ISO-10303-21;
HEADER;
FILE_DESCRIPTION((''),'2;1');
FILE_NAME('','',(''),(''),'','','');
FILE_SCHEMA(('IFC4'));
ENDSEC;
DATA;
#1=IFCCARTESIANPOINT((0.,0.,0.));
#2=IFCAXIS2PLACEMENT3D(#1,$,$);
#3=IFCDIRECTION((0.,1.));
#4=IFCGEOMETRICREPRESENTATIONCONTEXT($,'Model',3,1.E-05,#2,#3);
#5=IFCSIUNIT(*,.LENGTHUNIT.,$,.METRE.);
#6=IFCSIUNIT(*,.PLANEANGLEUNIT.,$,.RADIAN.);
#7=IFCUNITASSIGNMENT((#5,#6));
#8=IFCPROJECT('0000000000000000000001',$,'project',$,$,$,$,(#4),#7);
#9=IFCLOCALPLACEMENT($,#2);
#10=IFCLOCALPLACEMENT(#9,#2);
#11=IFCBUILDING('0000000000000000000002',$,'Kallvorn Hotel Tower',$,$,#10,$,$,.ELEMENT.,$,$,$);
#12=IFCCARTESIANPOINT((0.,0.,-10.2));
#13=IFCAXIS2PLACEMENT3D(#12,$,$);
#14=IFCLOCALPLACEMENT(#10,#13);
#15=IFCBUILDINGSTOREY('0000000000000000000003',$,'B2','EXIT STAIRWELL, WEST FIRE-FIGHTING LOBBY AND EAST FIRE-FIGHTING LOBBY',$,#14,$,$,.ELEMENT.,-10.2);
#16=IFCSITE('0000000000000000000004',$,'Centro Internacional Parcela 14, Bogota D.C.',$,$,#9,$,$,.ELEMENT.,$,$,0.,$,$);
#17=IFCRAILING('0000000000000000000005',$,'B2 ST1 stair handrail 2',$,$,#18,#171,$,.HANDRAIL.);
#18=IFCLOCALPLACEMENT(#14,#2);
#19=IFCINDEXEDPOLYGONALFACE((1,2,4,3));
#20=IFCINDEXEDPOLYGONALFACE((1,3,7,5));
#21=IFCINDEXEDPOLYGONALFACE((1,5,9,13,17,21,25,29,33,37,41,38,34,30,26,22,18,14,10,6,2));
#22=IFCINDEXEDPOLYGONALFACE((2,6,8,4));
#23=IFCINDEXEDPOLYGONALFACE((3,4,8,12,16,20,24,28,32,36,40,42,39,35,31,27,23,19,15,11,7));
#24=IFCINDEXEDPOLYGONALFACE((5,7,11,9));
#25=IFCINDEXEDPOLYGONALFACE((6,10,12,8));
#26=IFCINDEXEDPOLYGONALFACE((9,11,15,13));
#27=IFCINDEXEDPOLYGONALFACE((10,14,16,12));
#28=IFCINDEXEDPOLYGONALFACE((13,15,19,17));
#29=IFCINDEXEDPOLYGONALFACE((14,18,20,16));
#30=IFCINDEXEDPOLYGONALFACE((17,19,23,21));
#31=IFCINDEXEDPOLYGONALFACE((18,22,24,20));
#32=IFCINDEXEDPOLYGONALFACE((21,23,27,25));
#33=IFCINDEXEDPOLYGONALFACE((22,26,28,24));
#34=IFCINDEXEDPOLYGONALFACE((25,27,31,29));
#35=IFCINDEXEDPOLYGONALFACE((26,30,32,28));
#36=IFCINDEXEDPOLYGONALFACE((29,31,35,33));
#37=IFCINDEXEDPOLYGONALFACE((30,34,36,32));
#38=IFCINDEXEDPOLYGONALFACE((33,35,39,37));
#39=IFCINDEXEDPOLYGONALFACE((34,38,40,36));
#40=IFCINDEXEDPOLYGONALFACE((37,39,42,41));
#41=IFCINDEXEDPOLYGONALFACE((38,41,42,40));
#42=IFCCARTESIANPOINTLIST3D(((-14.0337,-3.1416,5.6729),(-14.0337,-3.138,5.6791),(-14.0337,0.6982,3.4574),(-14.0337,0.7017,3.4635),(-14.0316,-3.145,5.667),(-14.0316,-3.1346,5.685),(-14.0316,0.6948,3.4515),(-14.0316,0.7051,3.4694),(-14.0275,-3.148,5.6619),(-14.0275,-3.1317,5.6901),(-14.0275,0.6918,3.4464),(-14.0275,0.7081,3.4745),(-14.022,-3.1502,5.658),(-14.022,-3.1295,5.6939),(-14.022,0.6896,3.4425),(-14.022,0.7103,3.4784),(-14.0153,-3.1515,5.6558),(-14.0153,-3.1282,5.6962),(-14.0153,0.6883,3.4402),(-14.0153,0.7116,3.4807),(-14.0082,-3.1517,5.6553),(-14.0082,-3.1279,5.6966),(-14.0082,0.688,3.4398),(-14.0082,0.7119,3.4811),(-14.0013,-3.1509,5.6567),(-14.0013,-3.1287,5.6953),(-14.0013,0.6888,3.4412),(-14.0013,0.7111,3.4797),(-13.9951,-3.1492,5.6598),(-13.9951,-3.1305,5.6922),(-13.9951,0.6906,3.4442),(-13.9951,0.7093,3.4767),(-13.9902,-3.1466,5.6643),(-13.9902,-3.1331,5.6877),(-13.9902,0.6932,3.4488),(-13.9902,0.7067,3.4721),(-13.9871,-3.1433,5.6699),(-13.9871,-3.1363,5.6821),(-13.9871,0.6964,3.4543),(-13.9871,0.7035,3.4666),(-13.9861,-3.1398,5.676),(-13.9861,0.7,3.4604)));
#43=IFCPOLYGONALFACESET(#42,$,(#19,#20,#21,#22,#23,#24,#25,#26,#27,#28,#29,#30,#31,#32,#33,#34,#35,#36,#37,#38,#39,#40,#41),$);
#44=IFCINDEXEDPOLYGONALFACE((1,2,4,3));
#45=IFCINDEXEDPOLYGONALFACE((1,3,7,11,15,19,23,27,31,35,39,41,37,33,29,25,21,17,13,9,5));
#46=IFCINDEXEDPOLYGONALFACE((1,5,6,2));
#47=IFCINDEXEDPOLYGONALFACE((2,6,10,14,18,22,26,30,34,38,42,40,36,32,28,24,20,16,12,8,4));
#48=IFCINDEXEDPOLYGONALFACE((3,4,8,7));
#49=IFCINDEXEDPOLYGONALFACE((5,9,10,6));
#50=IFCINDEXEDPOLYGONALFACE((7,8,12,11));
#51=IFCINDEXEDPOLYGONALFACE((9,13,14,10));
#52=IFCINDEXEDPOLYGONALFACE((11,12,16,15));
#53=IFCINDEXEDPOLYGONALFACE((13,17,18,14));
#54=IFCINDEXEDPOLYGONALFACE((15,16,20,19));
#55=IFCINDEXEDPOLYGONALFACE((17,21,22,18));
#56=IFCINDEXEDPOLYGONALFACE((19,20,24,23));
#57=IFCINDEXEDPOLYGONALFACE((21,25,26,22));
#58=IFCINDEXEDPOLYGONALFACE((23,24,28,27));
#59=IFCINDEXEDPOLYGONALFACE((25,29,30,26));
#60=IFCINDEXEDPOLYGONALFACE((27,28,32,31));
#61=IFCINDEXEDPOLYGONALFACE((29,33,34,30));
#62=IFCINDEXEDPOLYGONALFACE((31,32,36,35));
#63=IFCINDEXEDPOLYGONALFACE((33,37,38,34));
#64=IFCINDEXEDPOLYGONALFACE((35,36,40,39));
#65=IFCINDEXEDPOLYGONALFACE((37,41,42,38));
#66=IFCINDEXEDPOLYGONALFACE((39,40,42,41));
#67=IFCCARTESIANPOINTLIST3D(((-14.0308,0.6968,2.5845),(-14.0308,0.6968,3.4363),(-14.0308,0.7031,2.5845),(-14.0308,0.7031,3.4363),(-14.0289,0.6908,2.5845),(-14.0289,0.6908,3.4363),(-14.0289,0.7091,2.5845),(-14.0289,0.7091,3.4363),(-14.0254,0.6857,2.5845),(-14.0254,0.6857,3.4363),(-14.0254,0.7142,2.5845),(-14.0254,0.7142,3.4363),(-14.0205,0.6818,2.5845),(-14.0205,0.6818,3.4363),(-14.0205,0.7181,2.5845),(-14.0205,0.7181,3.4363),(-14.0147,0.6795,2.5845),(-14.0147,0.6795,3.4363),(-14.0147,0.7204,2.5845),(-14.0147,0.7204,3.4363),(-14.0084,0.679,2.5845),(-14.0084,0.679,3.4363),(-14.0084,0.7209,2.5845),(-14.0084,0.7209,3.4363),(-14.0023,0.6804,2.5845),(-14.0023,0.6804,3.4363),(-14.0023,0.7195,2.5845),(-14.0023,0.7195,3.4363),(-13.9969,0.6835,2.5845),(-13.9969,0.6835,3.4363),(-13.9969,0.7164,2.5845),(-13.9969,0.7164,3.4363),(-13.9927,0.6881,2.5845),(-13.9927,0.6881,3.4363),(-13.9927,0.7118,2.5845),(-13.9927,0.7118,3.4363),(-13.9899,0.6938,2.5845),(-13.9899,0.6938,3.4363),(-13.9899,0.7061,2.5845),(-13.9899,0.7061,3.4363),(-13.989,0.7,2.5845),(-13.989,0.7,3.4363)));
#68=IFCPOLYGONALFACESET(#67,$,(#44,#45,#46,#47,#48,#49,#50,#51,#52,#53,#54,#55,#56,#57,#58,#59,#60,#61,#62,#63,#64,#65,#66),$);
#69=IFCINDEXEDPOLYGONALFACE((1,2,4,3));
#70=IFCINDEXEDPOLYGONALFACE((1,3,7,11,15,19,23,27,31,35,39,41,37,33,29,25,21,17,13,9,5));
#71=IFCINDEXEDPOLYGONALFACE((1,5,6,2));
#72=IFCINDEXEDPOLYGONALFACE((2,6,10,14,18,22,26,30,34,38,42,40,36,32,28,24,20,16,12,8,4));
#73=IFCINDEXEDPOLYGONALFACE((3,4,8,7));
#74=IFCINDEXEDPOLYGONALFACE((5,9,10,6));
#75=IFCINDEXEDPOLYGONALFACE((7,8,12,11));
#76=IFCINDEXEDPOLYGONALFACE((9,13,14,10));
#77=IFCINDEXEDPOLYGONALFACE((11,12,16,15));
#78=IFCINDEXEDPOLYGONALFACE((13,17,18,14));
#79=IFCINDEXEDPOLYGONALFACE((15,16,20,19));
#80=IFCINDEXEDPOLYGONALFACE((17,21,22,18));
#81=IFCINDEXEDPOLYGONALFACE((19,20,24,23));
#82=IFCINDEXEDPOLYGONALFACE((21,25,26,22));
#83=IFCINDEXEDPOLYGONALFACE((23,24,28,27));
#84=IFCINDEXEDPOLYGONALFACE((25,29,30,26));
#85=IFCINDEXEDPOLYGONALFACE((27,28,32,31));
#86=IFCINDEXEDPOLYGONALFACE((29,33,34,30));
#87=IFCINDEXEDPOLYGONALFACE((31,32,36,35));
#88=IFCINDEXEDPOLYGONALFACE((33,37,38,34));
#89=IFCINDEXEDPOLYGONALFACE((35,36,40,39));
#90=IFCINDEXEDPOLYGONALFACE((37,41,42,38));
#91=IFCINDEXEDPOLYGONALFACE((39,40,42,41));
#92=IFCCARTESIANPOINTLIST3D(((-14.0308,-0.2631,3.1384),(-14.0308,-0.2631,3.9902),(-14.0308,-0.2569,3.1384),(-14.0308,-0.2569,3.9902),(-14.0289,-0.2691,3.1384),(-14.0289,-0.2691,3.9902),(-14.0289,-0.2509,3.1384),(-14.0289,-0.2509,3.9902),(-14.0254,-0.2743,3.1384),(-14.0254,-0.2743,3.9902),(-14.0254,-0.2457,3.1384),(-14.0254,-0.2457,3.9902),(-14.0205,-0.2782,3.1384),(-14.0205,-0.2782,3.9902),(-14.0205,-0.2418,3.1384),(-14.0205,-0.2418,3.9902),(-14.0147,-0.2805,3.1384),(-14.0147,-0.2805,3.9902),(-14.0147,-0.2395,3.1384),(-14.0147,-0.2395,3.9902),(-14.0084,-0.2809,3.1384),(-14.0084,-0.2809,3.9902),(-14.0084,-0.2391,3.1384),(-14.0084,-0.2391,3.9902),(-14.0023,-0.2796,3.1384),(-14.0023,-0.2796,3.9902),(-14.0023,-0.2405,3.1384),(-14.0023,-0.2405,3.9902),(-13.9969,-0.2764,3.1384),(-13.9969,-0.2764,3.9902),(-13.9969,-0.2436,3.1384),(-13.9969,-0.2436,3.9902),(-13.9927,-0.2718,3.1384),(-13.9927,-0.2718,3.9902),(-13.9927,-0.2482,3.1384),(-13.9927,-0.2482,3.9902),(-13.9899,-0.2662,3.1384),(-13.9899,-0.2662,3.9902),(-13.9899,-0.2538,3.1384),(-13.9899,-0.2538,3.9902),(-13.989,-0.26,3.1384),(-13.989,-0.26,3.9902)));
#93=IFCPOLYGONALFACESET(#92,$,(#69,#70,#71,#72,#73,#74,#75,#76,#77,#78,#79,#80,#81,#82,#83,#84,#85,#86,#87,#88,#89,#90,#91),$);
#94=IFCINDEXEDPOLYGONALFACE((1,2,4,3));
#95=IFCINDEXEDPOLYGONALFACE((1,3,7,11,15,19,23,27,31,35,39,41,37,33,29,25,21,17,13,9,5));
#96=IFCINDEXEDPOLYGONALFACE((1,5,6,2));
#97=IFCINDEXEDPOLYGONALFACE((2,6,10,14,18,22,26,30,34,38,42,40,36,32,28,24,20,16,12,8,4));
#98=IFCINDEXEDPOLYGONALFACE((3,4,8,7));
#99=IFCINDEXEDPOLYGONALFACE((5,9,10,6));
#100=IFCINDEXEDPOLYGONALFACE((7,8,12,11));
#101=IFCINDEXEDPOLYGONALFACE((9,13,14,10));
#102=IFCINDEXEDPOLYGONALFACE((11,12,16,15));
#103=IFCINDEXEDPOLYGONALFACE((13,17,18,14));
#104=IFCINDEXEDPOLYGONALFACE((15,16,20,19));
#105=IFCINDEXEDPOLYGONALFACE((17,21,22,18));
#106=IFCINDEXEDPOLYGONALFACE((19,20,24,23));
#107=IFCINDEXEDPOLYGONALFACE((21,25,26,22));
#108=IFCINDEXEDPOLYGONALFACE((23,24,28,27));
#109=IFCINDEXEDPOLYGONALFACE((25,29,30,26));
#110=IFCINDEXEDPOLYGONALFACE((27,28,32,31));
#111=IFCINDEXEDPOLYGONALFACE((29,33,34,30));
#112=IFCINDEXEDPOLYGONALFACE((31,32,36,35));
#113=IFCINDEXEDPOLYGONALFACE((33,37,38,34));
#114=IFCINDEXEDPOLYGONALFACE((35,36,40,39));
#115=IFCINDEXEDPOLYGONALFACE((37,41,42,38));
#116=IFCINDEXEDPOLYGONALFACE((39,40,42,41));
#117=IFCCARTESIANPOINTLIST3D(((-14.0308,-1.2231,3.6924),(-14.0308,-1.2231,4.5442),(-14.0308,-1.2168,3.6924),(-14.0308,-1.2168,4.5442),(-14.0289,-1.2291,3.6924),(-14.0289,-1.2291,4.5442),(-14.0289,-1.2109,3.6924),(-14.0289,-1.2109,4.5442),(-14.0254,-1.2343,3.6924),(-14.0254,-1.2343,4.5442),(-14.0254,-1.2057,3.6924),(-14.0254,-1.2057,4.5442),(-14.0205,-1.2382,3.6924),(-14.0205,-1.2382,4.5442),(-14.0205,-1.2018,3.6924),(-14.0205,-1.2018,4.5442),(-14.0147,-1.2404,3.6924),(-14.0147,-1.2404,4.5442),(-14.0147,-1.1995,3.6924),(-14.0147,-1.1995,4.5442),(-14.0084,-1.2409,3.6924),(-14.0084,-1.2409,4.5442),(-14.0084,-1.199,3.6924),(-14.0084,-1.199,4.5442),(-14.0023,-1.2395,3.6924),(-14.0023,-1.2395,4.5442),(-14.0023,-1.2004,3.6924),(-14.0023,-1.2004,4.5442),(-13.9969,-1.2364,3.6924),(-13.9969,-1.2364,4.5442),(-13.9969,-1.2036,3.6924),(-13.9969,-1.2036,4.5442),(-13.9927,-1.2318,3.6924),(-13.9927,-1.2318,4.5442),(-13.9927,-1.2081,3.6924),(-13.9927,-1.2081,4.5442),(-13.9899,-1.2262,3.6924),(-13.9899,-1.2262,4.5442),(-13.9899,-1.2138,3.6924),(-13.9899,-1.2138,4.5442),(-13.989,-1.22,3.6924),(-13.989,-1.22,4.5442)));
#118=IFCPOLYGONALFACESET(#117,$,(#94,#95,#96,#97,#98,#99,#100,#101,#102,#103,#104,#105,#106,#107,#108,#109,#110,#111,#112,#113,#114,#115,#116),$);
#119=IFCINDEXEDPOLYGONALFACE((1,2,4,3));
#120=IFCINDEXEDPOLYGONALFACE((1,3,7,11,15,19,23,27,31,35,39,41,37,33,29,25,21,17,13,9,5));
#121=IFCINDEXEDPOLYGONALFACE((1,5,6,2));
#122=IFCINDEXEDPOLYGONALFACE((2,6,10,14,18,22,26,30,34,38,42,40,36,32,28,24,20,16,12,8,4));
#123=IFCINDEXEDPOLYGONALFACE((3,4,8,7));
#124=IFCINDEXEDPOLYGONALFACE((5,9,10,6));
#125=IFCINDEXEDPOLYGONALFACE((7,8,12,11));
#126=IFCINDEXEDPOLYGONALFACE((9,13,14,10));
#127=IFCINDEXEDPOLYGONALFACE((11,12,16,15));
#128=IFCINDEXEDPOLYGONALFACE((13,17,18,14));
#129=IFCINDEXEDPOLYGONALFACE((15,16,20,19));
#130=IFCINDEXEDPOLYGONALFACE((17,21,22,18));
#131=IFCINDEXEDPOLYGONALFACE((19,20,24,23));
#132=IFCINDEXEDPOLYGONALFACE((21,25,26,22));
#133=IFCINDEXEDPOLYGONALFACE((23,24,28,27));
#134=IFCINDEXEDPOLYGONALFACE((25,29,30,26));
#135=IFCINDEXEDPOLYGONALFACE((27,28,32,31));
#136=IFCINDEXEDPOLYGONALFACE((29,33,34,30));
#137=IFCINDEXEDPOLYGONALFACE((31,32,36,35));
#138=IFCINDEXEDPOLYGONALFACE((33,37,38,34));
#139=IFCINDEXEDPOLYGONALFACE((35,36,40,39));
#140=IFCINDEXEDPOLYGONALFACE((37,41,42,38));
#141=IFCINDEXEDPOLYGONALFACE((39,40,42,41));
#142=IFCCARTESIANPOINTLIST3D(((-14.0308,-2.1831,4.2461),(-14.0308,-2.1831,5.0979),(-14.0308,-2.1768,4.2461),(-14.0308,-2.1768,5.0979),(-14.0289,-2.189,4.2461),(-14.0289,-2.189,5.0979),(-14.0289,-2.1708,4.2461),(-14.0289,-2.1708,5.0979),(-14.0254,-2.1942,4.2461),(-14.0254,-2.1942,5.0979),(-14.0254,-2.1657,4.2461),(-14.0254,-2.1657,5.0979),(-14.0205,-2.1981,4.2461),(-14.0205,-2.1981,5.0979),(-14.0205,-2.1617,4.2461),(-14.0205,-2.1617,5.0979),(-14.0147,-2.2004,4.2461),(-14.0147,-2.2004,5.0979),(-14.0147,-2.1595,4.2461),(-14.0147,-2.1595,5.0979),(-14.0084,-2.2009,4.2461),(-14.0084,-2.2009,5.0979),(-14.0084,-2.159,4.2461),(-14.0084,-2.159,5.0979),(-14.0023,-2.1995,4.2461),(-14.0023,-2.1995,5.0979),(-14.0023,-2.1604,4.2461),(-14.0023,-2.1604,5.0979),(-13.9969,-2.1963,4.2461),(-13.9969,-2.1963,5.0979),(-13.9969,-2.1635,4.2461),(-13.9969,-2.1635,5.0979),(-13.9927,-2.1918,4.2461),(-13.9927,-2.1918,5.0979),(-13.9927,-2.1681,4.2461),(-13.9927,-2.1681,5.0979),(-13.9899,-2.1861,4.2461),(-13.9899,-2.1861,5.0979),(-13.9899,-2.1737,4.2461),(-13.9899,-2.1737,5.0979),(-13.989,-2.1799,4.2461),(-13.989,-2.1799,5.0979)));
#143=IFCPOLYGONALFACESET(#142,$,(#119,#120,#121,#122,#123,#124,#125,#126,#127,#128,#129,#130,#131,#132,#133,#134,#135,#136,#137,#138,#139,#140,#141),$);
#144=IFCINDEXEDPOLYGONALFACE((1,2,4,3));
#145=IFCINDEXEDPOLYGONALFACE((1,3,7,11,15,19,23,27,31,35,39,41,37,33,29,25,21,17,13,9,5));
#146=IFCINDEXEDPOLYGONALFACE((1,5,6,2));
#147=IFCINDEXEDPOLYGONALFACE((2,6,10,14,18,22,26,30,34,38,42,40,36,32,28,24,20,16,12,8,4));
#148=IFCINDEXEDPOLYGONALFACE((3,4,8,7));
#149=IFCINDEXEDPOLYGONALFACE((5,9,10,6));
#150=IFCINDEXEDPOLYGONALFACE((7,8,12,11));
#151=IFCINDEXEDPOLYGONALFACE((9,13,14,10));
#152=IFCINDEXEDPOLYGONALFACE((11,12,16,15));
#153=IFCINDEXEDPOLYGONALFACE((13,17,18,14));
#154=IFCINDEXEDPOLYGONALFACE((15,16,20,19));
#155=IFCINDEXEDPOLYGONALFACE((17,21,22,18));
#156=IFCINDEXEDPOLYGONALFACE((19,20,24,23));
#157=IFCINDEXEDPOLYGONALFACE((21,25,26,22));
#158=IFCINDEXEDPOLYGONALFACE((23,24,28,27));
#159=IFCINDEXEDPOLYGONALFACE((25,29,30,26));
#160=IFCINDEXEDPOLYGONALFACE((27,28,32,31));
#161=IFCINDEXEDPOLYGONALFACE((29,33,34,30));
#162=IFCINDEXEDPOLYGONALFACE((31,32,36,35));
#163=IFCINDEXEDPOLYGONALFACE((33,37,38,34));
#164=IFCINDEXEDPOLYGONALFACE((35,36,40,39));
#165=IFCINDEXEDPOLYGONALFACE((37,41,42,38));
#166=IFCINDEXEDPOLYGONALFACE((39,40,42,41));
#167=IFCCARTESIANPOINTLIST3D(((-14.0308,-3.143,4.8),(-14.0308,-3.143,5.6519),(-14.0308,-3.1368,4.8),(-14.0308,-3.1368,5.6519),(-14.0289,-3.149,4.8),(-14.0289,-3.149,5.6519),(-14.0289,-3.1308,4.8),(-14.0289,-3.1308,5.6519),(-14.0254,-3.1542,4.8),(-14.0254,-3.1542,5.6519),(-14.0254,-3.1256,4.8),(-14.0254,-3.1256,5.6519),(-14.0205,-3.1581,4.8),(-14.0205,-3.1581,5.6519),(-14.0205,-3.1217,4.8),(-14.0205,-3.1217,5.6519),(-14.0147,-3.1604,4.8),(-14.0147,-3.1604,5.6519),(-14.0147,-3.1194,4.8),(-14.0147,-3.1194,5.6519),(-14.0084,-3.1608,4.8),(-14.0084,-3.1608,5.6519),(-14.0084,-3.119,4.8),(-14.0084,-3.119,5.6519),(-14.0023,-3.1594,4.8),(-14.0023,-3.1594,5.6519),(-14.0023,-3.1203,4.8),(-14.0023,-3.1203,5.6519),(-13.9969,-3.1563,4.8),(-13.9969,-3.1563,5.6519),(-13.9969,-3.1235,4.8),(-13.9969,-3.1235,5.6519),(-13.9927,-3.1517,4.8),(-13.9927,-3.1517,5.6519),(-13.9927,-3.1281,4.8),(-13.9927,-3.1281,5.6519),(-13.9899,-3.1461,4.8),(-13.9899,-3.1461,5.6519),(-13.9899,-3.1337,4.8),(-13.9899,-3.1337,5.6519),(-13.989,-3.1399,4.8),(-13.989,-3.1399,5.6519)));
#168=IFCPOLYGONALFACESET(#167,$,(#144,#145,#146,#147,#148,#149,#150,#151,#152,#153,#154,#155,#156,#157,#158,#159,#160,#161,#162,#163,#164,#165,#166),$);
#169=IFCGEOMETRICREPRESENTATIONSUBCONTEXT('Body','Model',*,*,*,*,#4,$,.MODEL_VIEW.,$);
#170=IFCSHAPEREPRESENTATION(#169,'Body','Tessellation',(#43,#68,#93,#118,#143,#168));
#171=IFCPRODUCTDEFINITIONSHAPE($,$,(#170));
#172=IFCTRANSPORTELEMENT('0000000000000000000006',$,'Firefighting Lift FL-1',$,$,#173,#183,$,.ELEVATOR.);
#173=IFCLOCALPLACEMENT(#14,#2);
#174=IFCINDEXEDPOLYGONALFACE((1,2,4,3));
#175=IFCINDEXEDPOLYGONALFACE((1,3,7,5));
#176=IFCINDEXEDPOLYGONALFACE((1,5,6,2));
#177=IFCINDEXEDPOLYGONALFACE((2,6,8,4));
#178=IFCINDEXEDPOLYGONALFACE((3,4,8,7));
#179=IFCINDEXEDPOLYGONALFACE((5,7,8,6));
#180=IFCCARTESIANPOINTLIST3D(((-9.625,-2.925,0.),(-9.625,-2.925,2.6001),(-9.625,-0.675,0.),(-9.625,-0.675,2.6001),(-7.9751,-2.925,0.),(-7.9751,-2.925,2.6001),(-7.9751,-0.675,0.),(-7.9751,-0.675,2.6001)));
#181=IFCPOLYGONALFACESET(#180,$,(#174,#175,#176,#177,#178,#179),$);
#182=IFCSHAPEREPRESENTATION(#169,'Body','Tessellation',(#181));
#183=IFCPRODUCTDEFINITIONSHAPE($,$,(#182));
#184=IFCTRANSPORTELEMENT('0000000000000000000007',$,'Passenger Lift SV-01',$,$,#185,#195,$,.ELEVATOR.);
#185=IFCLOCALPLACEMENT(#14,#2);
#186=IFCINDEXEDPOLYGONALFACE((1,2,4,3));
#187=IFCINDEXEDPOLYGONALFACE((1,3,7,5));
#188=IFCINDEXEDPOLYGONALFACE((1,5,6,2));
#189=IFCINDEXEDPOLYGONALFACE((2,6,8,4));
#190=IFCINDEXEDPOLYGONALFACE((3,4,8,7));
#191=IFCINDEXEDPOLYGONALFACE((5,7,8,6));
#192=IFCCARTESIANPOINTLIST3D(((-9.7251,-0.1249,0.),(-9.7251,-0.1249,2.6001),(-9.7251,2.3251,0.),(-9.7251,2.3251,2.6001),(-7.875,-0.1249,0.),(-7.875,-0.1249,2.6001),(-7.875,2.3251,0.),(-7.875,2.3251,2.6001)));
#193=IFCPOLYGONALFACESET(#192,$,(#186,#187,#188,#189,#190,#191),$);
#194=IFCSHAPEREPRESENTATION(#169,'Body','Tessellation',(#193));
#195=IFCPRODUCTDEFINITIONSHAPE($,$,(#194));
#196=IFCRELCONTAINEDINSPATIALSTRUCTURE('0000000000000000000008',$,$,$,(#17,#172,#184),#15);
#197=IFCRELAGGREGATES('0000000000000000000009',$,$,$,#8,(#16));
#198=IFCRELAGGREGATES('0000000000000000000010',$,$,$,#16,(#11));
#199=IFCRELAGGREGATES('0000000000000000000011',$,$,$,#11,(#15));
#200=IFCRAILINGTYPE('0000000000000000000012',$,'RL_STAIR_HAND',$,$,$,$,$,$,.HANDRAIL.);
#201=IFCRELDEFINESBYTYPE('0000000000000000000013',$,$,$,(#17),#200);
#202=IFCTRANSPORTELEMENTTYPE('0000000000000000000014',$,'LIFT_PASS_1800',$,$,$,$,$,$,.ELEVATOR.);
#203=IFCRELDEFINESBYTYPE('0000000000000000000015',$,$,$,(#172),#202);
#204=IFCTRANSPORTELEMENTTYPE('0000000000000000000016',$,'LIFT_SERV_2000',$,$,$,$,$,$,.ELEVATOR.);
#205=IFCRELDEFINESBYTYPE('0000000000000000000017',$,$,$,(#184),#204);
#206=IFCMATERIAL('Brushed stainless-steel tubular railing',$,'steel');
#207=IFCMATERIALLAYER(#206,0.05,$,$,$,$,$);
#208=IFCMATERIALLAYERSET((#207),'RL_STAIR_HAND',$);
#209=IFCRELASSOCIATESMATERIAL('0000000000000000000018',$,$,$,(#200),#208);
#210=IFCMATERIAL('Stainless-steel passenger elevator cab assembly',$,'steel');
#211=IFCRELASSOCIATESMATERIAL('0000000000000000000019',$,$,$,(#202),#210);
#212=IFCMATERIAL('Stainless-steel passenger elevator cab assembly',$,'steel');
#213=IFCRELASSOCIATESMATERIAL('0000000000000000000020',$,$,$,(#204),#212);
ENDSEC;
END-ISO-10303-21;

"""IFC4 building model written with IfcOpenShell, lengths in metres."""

from ifc_helpers import new_model, si_unit, direction, frame, origin, origin_2d, place, context, subcontext, project, spatial, rectangle, circle, extrude, material, layer, layer_set, type_object, element, save


model = new_model("IFC4")

# Units and contexts
model_context = context("Model", 3, precision=1e-05, world=origin(), true_north=direction((0.0, 1.0)))
body_context = subcontext(model_context, "Body", "Model", "MODEL_VIEW")
ifc_project = project(units=[si_unit("LENGTHUNIT", "METRE"), si_unit("PLANEANGLEUNIT", "RADIAN")], contexts=[model_context])

# Site, building, storey
site_placement = place(None, origin())
site = spatial("IfcSite", under=ifc_project, at=site_placement, Name="Centro Internacional Parcela 14, Bogota D.C.", CompositionType="ELEMENT", RefElevation=0.0)
building_placement = place(site_placement, origin())
building = spatial("IfcBuilding", under=site, at=building_placement, Name="Kallvorn Hotel Tower", CompositionType="ELEMENT")
storey_placement = place(building_placement, frame((0.0, 0.0, -10.2)))
storey = spatial("IfcBuildingStorey", under=building, at=storey_placement, Name="B2", Description="EXIT STAIRWELL, WEST FIRE-FIGHTING LOBBY AND EAST FIRE-FIGHTING LOBBY", CompositionType="ELEMENT", Elevation=-10.2)

# Railing
ifc_material_1 = material(Name="Brushed stainless-steel tubular railing", Category="steel")
ifc_layer_1 = layer(ifc_material_1, 0.05)
ifc_layer_set_1 = layer_set([ifc_layer_1], Name="RL_STAIR_HAND")
railing_type_1 = type_object("IfcRailingType", Name="RL_STAIR_HAND", PredefinedType="HANDRAIL", material=ifc_layer_set_1)
railing_1_placement = place(storey_placement, frame((-14.01, 0.7, 2.5845)))
element("IfcRailing", 1, at=railing_1_placement, inside=storey, type_object=railing_type_1, Name="B2 ST1 stair handrail 2", PredefinedType="HANDRAIL", context=body_context, shape_type="SweptSolid", body=[
    extrude(circle(Radius=0.0239, at=origin_2d()), frame((0.0, 0.0, 0.876), z_axis=(0.0, -0.866158, 0.49977), x_axis=(1.0, 0.0, 0.0)), (0.0, 0.0, 1.0), 4.4331),
    extrude(circle(Radius=0.021, at=origin_2d()), origin(), (0.0, 0.0, 1.0), 0.8518),
    extrude(circle(Radius=0.021, at=origin_2d()), frame((0.0, -0.96, 0.554)), (0.0, 0.0, 1.0), 0.8518),
    extrude(circle(Radius=0.021, at=origin_2d()), frame((0.0, -1.9199, 1.1079)), (0.0, 0.0, 1.0), 0.8518),
    extrude(circle(Radius=0.021, at=origin_2d()), frame((0.0, -2.8799, 1.6616)), (0.0, 0.0, 1.0), 0.8518),
    extrude(circle(Radius=0.021, at=origin_2d()), frame((0.0, -3.8398, 2.2156)), (0.0, 0.0, 1.0), 0.8518),
])

# Transport elements
ifc_material_2 = material(Name="Stainless-steel passenger elevator cab assembly", Category="steel")
transport_element_type_1 = type_object("IfcTransportElementType", Name="LIFT_PASS_1800", PredefinedType="ELEVATOR", material=ifc_material_2)
transport_element_1_placement = place(storey_placement, frame((-8.8, -1.8, 0.0), z_axis=(0.0, 0.0, 1.0), x_axis=(1.0, 0.0, 0.0)))
element("IfcTransportElement", 2, at=transport_element_1_placement, inside=storey, type_object=transport_element_type_1, Name="Firefighting Lift FL-1", PredefinedType="ELEVATOR", context=body_context, shape_type="SweptSolid", body=[
    extrude(rectangle(XDim=1.6499, YDim=2.25, at=origin_2d()), origin(), (0.0, 0.0, 1.0), 2.6001),
])
ifc_material_3 = material(Name="Stainless-steel passenger elevator cab assembly", Category="steel")
transport_element_type_2 = type_object("IfcTransportElementType", Name="LIFT_SERV_2000", PredefinedType="ELEVATOR", material=ifc_material_3)
transport_element_2_placement = place(storey_placement, frame((-8.8, 1.1001, 0.0), z_axis=(0.0, 0.0, 1.0), x_axis=(1.0, 0.0, 0.0)))
element("IfcTransportElement", 3, at=transport_element_2_placement, inside=storey, type_object=transport_element_type_2, Name="Passenger Lift SV-01", PredefinedType="ELEVATOR", context=body_context, shape_type="SweptSolid", body=[
    extrude(rectangle(XDim=1.8501, YDim=2.45, at=origin_2d()), origin(), (0.0, 0.0, 1.0), 2.6001),
])

save(model, "model.ifc")
